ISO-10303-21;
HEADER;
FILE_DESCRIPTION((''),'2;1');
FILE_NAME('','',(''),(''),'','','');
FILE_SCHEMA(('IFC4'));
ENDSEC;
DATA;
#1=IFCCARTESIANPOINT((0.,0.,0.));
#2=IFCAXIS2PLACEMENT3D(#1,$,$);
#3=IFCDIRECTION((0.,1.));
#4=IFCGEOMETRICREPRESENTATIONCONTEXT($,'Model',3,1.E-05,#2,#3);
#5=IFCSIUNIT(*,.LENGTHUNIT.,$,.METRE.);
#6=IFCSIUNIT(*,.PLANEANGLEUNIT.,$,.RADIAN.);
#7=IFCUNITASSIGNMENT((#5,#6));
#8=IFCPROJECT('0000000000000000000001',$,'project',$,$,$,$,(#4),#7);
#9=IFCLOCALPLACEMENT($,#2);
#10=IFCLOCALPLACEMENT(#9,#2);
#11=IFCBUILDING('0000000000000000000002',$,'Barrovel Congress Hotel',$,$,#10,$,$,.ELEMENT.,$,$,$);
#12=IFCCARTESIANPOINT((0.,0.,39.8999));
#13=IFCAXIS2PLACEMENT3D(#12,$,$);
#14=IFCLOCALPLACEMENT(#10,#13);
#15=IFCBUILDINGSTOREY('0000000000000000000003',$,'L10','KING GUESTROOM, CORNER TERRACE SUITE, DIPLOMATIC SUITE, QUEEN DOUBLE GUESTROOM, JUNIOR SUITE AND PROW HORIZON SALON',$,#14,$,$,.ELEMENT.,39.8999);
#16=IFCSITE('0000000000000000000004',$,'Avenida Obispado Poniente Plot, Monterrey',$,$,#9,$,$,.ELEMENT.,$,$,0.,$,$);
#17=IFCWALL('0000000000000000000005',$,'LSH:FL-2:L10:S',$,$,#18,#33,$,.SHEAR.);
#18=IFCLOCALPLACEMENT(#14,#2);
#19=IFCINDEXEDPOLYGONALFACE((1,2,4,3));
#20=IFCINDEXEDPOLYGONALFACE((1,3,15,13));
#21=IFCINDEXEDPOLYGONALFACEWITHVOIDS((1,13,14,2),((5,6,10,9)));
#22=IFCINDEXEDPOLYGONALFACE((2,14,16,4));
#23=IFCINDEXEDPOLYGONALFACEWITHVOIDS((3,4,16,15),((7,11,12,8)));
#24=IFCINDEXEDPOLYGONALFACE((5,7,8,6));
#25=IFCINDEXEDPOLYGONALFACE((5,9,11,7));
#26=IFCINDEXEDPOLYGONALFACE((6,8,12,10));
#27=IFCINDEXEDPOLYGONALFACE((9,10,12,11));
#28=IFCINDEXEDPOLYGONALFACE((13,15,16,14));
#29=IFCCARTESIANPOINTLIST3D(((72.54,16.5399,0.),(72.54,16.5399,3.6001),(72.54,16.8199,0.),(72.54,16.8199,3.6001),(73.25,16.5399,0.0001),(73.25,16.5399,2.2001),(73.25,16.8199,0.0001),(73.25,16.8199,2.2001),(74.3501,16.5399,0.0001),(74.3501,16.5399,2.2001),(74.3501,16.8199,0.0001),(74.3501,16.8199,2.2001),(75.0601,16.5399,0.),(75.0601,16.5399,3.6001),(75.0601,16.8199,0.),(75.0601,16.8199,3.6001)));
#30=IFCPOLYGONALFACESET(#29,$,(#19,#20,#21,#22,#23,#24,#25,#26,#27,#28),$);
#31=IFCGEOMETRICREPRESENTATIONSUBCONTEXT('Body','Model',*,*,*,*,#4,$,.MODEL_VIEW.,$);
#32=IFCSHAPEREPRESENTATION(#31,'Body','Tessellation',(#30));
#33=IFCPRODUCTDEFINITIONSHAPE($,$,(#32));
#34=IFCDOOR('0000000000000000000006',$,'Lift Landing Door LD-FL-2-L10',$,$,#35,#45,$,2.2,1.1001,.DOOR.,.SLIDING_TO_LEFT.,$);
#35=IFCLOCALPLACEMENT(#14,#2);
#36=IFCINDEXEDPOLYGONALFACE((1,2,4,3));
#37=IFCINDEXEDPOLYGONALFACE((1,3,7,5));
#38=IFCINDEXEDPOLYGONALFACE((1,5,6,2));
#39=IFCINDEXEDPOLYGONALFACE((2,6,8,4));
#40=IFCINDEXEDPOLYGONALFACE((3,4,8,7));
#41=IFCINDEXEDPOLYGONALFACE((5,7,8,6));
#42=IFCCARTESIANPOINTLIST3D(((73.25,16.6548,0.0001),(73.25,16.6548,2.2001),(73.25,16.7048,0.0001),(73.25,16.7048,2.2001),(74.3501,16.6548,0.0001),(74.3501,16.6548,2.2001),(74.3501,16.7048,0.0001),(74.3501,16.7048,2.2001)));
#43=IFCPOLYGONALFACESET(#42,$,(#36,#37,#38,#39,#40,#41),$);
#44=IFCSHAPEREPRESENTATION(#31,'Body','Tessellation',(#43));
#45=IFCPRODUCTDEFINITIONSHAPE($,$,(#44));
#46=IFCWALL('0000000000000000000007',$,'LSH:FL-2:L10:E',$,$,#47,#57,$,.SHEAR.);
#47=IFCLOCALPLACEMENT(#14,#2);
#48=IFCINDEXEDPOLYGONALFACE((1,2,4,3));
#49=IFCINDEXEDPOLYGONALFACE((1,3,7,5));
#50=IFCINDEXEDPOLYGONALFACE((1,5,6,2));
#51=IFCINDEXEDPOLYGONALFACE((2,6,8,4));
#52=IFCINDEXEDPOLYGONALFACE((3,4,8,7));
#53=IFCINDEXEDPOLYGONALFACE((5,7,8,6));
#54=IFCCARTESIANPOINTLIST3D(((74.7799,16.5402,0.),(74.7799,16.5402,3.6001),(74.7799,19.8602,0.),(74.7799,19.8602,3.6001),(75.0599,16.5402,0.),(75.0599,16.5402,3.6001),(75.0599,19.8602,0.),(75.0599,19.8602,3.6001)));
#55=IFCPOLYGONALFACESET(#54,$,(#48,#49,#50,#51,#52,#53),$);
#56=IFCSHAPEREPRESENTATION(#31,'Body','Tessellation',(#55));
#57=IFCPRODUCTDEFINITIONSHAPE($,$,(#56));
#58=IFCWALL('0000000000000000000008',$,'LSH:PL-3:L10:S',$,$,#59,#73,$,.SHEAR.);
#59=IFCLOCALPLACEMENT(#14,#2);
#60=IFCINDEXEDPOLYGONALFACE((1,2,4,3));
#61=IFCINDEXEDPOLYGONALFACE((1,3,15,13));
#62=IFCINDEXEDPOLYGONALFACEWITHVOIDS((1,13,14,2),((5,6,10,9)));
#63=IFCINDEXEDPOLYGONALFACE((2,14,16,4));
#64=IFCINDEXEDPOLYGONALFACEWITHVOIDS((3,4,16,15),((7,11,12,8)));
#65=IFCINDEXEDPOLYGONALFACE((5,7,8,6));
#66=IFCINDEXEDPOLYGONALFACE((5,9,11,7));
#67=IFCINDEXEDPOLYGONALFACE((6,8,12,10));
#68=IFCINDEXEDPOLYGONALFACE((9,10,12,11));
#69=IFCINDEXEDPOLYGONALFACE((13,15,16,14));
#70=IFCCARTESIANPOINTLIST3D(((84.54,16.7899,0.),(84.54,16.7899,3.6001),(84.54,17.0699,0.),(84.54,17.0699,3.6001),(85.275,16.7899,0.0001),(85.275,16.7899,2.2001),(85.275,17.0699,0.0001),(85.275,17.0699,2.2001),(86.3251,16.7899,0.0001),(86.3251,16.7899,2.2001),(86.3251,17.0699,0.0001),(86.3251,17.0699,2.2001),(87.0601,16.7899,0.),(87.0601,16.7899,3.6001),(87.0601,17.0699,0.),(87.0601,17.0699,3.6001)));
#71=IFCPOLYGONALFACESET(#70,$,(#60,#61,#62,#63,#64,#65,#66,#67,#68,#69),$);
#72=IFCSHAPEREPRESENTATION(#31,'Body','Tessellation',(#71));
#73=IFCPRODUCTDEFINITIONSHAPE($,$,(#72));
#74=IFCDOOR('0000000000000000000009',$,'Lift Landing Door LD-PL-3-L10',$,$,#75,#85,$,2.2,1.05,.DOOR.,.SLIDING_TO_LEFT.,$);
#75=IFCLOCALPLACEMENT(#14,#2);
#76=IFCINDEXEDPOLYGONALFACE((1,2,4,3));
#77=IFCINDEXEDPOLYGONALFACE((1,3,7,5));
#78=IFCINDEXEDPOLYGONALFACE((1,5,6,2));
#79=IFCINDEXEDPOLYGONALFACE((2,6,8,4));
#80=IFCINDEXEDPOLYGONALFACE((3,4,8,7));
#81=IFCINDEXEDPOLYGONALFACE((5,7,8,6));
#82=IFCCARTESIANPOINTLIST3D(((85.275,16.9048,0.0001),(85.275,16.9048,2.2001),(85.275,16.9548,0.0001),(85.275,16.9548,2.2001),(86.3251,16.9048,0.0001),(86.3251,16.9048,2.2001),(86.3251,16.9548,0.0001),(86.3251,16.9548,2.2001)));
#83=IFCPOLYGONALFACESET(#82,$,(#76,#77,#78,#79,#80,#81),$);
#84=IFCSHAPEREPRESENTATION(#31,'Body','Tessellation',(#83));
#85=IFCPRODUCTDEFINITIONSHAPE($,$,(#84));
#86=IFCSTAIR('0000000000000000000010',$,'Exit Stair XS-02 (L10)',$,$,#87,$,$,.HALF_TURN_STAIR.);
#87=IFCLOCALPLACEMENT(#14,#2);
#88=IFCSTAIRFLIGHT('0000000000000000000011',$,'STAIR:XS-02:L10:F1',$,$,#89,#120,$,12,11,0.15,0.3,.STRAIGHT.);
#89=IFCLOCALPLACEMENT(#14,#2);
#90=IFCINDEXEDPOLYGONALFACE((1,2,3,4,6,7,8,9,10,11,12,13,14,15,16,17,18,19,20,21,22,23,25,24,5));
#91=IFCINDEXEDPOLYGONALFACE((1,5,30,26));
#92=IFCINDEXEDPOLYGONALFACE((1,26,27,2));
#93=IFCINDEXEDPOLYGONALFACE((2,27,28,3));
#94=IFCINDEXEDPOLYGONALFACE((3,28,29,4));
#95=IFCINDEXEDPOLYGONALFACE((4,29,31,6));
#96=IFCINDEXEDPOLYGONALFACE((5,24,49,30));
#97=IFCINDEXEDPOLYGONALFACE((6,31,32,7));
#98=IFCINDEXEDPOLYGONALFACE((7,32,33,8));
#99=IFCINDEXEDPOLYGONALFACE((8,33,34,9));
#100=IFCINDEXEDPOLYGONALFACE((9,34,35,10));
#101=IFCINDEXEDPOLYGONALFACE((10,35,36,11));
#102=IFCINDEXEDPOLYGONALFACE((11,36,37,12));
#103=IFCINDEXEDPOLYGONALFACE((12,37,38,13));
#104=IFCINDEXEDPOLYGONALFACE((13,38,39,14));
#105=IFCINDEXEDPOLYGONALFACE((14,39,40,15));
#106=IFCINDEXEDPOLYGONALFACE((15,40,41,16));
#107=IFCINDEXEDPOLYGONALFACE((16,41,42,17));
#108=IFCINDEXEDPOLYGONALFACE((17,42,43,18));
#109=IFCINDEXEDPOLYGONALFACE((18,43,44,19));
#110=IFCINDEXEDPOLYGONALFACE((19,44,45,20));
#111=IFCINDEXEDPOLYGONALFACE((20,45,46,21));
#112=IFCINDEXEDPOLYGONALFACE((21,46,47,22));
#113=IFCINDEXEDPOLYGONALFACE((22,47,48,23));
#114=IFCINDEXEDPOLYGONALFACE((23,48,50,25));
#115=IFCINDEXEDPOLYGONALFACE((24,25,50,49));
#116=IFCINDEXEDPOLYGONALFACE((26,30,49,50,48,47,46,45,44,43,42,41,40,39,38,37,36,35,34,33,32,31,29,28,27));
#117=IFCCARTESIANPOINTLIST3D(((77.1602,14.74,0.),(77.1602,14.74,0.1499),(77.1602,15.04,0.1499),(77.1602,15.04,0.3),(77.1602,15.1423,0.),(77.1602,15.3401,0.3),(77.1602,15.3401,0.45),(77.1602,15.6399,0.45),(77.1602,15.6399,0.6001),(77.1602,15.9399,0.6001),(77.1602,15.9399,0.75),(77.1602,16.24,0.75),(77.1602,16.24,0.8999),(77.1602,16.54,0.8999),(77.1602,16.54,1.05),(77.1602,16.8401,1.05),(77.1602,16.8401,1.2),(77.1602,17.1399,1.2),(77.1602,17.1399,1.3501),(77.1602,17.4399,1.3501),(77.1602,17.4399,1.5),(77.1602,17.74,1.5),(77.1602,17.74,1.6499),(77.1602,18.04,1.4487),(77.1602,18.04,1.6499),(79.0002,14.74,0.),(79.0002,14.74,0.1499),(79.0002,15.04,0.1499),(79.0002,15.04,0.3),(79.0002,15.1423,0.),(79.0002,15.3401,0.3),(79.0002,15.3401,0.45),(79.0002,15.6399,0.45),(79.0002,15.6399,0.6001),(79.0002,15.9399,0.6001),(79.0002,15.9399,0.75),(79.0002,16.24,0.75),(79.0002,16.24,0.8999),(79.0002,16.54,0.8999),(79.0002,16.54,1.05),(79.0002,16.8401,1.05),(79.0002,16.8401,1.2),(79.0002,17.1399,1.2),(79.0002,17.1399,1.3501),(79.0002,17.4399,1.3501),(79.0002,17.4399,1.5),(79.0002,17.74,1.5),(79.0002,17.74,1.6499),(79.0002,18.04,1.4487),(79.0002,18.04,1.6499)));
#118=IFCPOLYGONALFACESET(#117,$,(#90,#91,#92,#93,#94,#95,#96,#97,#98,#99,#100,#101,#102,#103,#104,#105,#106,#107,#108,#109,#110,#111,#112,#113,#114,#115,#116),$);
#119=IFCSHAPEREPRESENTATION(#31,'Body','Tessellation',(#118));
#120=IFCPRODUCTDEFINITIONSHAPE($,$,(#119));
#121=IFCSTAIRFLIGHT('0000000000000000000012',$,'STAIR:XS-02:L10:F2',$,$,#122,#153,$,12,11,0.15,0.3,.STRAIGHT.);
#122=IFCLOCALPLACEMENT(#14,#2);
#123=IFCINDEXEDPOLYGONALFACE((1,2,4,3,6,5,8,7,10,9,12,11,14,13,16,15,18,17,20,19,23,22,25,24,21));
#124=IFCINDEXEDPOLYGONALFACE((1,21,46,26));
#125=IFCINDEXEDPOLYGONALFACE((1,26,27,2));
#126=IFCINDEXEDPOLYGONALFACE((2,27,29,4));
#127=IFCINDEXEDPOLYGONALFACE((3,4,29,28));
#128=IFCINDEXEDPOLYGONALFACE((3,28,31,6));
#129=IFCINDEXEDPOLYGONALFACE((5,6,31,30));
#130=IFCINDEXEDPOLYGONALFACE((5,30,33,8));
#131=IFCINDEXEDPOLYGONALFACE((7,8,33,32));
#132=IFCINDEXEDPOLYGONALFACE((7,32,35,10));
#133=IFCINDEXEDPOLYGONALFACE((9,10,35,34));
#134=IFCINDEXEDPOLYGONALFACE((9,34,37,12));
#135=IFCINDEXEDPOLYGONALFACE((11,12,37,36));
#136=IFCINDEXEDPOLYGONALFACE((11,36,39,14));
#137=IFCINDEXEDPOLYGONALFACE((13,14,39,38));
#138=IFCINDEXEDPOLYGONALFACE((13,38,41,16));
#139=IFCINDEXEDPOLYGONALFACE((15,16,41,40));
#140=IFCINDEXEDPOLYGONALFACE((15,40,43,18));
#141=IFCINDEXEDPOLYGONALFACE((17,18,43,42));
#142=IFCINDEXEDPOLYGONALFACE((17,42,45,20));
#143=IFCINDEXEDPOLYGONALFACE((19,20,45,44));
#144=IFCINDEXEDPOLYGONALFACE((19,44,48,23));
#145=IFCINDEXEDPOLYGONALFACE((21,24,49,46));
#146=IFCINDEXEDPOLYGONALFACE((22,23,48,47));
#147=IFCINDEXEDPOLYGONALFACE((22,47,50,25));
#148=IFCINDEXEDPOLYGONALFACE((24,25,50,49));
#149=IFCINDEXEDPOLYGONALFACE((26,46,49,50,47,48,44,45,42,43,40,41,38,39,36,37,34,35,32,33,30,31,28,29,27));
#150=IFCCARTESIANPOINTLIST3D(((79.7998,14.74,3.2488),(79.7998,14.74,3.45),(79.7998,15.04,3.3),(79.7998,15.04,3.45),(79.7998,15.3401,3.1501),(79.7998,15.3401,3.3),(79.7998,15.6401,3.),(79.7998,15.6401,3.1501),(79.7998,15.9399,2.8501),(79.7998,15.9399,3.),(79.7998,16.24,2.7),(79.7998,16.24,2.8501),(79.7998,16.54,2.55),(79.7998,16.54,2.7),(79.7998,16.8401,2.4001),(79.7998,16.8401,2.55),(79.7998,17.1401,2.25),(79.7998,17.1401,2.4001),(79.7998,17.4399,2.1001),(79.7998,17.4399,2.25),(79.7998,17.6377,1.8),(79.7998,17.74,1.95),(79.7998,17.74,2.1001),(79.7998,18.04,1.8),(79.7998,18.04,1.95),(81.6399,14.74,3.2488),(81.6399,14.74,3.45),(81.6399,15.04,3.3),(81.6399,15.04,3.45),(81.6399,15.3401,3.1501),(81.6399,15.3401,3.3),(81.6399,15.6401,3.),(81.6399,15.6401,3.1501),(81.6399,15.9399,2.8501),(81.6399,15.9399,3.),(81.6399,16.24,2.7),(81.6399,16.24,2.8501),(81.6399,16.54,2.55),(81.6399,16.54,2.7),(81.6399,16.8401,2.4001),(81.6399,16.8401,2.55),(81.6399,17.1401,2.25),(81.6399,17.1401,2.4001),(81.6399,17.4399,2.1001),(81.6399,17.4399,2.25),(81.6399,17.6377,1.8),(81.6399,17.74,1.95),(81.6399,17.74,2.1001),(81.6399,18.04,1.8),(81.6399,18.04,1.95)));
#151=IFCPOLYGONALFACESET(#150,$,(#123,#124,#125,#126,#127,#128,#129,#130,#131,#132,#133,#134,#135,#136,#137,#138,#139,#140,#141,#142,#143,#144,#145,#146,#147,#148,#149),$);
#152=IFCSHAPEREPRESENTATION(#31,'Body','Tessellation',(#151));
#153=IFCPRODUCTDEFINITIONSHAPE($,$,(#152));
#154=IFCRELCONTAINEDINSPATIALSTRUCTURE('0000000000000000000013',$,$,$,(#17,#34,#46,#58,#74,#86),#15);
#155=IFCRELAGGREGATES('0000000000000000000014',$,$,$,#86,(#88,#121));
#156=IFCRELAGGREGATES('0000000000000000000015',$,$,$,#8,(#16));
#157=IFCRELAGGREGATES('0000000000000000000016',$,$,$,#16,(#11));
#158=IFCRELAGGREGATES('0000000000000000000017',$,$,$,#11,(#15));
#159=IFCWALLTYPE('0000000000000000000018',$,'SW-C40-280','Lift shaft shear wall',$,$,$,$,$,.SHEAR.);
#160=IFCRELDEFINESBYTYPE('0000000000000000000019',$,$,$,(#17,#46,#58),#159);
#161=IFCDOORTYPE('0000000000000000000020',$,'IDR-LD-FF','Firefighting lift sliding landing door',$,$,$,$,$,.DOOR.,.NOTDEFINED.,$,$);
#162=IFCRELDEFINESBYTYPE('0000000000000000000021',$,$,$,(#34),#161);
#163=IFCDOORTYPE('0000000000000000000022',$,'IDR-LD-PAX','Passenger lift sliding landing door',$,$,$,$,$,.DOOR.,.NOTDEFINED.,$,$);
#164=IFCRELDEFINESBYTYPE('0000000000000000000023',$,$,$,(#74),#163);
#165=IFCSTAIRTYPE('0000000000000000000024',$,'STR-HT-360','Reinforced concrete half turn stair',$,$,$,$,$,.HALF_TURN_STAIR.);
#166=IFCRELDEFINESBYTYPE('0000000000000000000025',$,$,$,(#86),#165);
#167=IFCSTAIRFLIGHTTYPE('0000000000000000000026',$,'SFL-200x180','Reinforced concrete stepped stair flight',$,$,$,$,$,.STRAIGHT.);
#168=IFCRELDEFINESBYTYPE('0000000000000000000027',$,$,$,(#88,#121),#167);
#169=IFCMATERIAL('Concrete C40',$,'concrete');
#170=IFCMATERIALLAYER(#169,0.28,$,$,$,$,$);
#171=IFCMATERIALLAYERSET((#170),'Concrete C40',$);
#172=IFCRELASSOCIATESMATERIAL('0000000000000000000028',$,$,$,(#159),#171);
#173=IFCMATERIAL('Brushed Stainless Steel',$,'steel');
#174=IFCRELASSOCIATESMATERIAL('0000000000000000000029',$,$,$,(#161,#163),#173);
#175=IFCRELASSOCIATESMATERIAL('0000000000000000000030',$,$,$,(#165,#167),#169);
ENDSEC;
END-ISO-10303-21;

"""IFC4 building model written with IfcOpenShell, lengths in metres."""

from ifc_helpers import new_model, si_unit, direction, frame, frame_2d, origin, place, context, subcontext, project, spatial, polyline, rectangle, outline, extrude, material, layer, layer_set, type_object, element, fill, aggregate, save


model = new_model("IFC4")

# Units and contexts
model_context = context("Model", 3, precision=1e-05, world=origin(), true_north=direction((0.0, 1.0)))
body_context = subcontext(model_context, "Body", "Model", "MODEL_VIEW")
ifc_project = project(units=[si_unit("LENGTHUNIT", "METRE"), si_unit("PLANEANGLEUNIT", "RADIAN")], contexts=[model_context])

# Site, building, storey
site_placement = place(None, origin())
site = spatial("IfcSite", under=ifc_project, at=site_placement, Name="Avenida Obispado Poniente Plot, Monterrey", CompositionType="ELEMENT", RefElevation=0.0)
building_placement = place(site_placement, origin())
building = spatial("IfcBuilding", under=site, at=building_placement, Name="Barrovel Congress Hotel", CompositionType="ELEMENT")
storey_placement = place(building_placement, frame((0.0, 0.0, 39.8999)))
storey = spatial("IfcBuildingStorey", under=building, at=storey_placement, Name="L10", Description="KING GUESTROOM, CORNER TERRACE SUITE, DIPLOMATIC SUITE, QUEEN DOUBLE GUESTROOM, JUNIOR SUITE AND PROW HORIZON SALON", CompositionType="ELEMENT", Elevation=39.8999)

# Shared definitions
ifc_material_1 = material(Name="Concrete C40", Category="concrete")

# Wall, opening, door
ifc_layer_1 = layer(ifc_material_1, 0.28)
ifc_layer_set_1 = layer_set([ifc_layer_1], Name="Concrete C40")
wall_type_1 = type_object("IfcWallType", Name="SW-C40-280", Description="Lift shaft shear wall", PredefinedType="SHEAR", material=ifc_layer_set_1)
wall_1_placement = place(storey_placement, frame((72.54, 16.6799, 0.0), z_axis=(0.0, 0.0, 1.0), x_axis=(1.0, 0.0, 0.0)))
wall_1 = element("IfcWall", 1, at=wall_1_placement, inside=storey, type_object=wall_type_1, Name="LSH:FL-2:L10:S", PredefinedType="SHEAR", context=body_context, shape_type="SweptSolid", body=[
    extrude(rectangle(XDim=2.52, YDim=0.28, at=frame_2d((1.26, 0.0))), origin(), (0.0, 0.0, 1.0), 3.6001),
])
opening_1_placement = place(wall_1_placement, frame((0.71, 0.0, 0.0)))
opening_1 = element("IfcOpeningElement", 2, at=opening_1_placement, cuts=wall_1, PredefinedType="OPENING", context=body_context, shape_type="SweptSolid", body=[
    extrude(rectangle(XDim=1.1001, YDim=2.2, at=frame_2d((0.55, 1.1001))), frame((0.0, 0.1499, 0.0), z_axis=(0.0, -1.0, 0.0), x_axis=(1.0, 0.0, 0.0)), (0.0, 0.0, 1.0), 0.3),
])
ifc_material_2 = material(Name="Brushed Stainless Steel", Category="steel")
door_type_1 = type_object("IfcDoorType", Name="IDR-LD-FF", Description="Firefighting lift sliding landing door", OperationType="NOTDEFINED", PredefinedType="DOOR", material=ifc_material_2)
door_1_placement = place(opening_1_placement, origin())
door_1 = element("IfcDoor", 3, at=door_1_placement, inside=storey, type_object=door_type_1, Name="Lift Landing Door LD-FL-2-L10", OperationType="SLIDING_TO_LEFT", OverallHeight=2.2, OverallWidth=1.1001, PredefinedType="DOOR", context=body_context, shape_type="SweptSolid", body=[
    extrude(rectangle(XDim=1.1001, YDim=2.2, at=frame_2d((0.55, 1.1001))), frame((0.0, 0.0249, 0.0), z_axis=(0.0, -1.0, 0.0), x_axis=(1.0, 0.0, 0.0)), (0.0, 0.0, 1.0), 0.05),
])
fill(opening_1, door_1)

# Wall
wall_2_placement = place(storey_placement, frame((74.9199, 16.54, 0.0), z_axis=(0.0, 0.0, 1.0), x_axis=(0.0, 1.0, 0.0)))
element("IfcWall", 4, at=wall_2_placement, inside=storey, type_object=wall_type_1, Name="LSH:FL-2:L10:E", PredefinedType="SHEAR", context=body_context, shape_type="SweptSolid", body=[
    extrude(rectangle(XDim=3.3201, YDim=0.28, at=frame_2d((1.6602, 0.0))), origin(), (0.0, 0.0, 1.0), 3.6001),
])

# Wall, opening, door
wall_3_placement = place(storey_placement, frame((84.54, 16.9299, 0.0), z_axis=(0.0, 0.0, 1.0), x_axis=(1.0, 0.0, 0.0)))
wall_3 = element("IfcWall", 5, at=wall_3_placement, inside=storey, type_object=wall_type_1, Name="LSH:PL-3:L10:S", PredefinedType="SHEAR", context=body_context, shape_type="SweptSolid", body=[
    extrude(rectangle(XDim=2.52, YDim=0.28, at=frame_2d((1.26, 0.0))), origin(), (0.0, 0.0, 1.0), 3.6001),
])
opening_2_placement = place(wall_3_placement, frame((0.7351, 0.0, 0.0)))
opening_2 = element("IfcOpeningElement", 6, at=opening_2_placement, cuts=wall_3, PredefinedType="OPENING", context=body_context, shape_type="SweptSolid", body=[
    extrude(rectangle(XDim=1.05, YDim=2.2, at=frame_2d((0.5249, 1.1001))), frame((0.0, 0.1499, 0.0), z_axis=(0.0, -1.0, 0.0), x_axis=(1.0, 0.0, 0.0)), (0.0, 0.0, 1.0), 0.3),
])
door_type_2 = type_object("IfcDoorType", Name="IDR-LD-PAX", Description="Passenger lift sliding landing door", OperationType="NOTDEFINED", PredefinedType="DOOR", material=ifc_material_2)
door_2_placement = place(opening_2_placement, origin())
door_2 = element("IfcDoor", 7, at=door_2_placement, inside=storey, type_object=door_type_2, Name="Lift Landing Door LD-PL-3-L10", OperationType="SLIDING_TO_LEFT", OverallHeight=2.2, OverallWidth=1.05, PredefinedType="DOOR", context=body_context, shape_type="SweptSolid", body=[
    extrude(rectangle(XDim=1.05, YDim=2.2, at=frame_2d((0.5249, 1.1001))), frame((0.0, 0.0249, 0.0), z_axis=(0.0, -1.0, 0.0), x_axis=(1.0, 0.0, 0.0)), (0.0, 0.0, 1.0), 0.05),
])
fill(opening_2, door_2)

# Stair, stair flights
stair_type = type_object("IfcStairType", Name="STR-HT-360", Description="Reinforced concrete half turn stair", PredefinedType="HALF_TURN_STAIR", material=ifc_material_1)
stair_placement = place(storey_placement, origin())
stair = element("IfcStair", 8, at=stair_placement, inside=storey, type_object=stair_type, Name="Exit Stair XS-02 (L10)", PredefinedType="HALF_TURN_STAIR")
stair_flight_type = type_object("IfcStairFlightType", Name="SFL-200x180", Description="Reinforced concrete stepped stair flight", PredefinedType="STRAIGHT", material=ifc_material_1)
stair_flight_1_placement = place(storey_placement, frame((78.0801, 14.74, 0.0), z_axis=(0.0, 0.0, 1.0), x_axis=(0.0, 1.0, 0.0)))
stair_flight_1 = element("IfcStairFlight", 9, at=stair_flight_1_placement, type_object=stair_flight_type, Name="STAIR:XS-02:L10:F1", NumberOfRisers=12, NumberOfTreads=11, PredefinedType="STRAIGHT", RiserHeight=0.15, TreadLength=0.3, context=body_context, shape_type="SweptSolid", body=[
    extrude(outline(polyline([(0.0, 0.0), (0.0, 0.1499), (0.3, 0.1499), (0.3, 0.3), (0.6001, 0.3), (0.6001, 0.45), (0.8999, 0.45), (0.8999, 0.6001), (1.2, 0.6001), (1.2, 0.75), (1.5, 0.75), (1.5, 0.8999), (1.8, 0.8999), (1.8, 1.05), (2.1001, 1.05), (2.1001, 1.2), (2.3999, 1.2), (2.3999, 1.3501), (2.7, 1.3501), (2.7, 1.5), (3.0, 1.5), (3.0, 1.6499), (3.3, 1.6499), (3.3, 1.8), (3.3, 1.4487), (0.4023, 0.0), (0.0, 0.0)])), frame((0.0, 0.9199, 0.0), z_axis=(0.0, -1.0, 0.0), x_axis=(1.0, 0.0, 0.0)), (0.0, 0.0, 1.0), 1.8401),
])
stair_flight_2_placement = place(storey_placement, frame((80.72, 18.04, 1.8), z_axis=(0.0, 0.0, 1.0), x_axis=(0.0, -1.0, 0.0)))
stair_flight_2 = element("IfcStairFlight", 10, at=stair_flight_2_placement, type_object=stair_flight_type, Name="STAIR:XS-02:L10:F2", NumberOfRisers=12, NumberOfTreads=11, PredefinedType="STRAIGHT", RiserHeight=0.15, TreadLength=0.3, context=body_context, shape_type="SweptSolid", body=[
    extrude(outline(polyline([(0.0, 0.0), (0.0, 0.1499), (0.3, 0.1499), (0.3, 0.3), (0.6001, 0.3), (0.6001, 0.45), (0.8999, 0.45), (0.8999, 0.6001), (1.2, 0.6001), (1.2, 0.75), (1.5, 0.75), (1.5, 0.8999), (1.8, 0.8999), (1.8, 1.05), (2.1001, 1.05), (2.1001, 1.2), (2.3999, 1.2), (2.3999, 1.3501), (2.7, 1.3501), (2.7, 1.5), (3.0, 1.5), (3.0, 1.6499), (3.3, 1.6499), (3.3, 1.8), (3.3, 1.4487), (0.4023, 0.0), (0.0, 0.0)])), frame((0.0, 0.9199, 0.0), z_axis=(0.0, -1.0, 0.0), x_axis=(1.0, 0.0, 0.0)), (0.0, 0.0, 1.0), 1.8401),
])
aggregate(stair, [stair_flight_1, stair_flight_2])

save(model, "model.ifc")
